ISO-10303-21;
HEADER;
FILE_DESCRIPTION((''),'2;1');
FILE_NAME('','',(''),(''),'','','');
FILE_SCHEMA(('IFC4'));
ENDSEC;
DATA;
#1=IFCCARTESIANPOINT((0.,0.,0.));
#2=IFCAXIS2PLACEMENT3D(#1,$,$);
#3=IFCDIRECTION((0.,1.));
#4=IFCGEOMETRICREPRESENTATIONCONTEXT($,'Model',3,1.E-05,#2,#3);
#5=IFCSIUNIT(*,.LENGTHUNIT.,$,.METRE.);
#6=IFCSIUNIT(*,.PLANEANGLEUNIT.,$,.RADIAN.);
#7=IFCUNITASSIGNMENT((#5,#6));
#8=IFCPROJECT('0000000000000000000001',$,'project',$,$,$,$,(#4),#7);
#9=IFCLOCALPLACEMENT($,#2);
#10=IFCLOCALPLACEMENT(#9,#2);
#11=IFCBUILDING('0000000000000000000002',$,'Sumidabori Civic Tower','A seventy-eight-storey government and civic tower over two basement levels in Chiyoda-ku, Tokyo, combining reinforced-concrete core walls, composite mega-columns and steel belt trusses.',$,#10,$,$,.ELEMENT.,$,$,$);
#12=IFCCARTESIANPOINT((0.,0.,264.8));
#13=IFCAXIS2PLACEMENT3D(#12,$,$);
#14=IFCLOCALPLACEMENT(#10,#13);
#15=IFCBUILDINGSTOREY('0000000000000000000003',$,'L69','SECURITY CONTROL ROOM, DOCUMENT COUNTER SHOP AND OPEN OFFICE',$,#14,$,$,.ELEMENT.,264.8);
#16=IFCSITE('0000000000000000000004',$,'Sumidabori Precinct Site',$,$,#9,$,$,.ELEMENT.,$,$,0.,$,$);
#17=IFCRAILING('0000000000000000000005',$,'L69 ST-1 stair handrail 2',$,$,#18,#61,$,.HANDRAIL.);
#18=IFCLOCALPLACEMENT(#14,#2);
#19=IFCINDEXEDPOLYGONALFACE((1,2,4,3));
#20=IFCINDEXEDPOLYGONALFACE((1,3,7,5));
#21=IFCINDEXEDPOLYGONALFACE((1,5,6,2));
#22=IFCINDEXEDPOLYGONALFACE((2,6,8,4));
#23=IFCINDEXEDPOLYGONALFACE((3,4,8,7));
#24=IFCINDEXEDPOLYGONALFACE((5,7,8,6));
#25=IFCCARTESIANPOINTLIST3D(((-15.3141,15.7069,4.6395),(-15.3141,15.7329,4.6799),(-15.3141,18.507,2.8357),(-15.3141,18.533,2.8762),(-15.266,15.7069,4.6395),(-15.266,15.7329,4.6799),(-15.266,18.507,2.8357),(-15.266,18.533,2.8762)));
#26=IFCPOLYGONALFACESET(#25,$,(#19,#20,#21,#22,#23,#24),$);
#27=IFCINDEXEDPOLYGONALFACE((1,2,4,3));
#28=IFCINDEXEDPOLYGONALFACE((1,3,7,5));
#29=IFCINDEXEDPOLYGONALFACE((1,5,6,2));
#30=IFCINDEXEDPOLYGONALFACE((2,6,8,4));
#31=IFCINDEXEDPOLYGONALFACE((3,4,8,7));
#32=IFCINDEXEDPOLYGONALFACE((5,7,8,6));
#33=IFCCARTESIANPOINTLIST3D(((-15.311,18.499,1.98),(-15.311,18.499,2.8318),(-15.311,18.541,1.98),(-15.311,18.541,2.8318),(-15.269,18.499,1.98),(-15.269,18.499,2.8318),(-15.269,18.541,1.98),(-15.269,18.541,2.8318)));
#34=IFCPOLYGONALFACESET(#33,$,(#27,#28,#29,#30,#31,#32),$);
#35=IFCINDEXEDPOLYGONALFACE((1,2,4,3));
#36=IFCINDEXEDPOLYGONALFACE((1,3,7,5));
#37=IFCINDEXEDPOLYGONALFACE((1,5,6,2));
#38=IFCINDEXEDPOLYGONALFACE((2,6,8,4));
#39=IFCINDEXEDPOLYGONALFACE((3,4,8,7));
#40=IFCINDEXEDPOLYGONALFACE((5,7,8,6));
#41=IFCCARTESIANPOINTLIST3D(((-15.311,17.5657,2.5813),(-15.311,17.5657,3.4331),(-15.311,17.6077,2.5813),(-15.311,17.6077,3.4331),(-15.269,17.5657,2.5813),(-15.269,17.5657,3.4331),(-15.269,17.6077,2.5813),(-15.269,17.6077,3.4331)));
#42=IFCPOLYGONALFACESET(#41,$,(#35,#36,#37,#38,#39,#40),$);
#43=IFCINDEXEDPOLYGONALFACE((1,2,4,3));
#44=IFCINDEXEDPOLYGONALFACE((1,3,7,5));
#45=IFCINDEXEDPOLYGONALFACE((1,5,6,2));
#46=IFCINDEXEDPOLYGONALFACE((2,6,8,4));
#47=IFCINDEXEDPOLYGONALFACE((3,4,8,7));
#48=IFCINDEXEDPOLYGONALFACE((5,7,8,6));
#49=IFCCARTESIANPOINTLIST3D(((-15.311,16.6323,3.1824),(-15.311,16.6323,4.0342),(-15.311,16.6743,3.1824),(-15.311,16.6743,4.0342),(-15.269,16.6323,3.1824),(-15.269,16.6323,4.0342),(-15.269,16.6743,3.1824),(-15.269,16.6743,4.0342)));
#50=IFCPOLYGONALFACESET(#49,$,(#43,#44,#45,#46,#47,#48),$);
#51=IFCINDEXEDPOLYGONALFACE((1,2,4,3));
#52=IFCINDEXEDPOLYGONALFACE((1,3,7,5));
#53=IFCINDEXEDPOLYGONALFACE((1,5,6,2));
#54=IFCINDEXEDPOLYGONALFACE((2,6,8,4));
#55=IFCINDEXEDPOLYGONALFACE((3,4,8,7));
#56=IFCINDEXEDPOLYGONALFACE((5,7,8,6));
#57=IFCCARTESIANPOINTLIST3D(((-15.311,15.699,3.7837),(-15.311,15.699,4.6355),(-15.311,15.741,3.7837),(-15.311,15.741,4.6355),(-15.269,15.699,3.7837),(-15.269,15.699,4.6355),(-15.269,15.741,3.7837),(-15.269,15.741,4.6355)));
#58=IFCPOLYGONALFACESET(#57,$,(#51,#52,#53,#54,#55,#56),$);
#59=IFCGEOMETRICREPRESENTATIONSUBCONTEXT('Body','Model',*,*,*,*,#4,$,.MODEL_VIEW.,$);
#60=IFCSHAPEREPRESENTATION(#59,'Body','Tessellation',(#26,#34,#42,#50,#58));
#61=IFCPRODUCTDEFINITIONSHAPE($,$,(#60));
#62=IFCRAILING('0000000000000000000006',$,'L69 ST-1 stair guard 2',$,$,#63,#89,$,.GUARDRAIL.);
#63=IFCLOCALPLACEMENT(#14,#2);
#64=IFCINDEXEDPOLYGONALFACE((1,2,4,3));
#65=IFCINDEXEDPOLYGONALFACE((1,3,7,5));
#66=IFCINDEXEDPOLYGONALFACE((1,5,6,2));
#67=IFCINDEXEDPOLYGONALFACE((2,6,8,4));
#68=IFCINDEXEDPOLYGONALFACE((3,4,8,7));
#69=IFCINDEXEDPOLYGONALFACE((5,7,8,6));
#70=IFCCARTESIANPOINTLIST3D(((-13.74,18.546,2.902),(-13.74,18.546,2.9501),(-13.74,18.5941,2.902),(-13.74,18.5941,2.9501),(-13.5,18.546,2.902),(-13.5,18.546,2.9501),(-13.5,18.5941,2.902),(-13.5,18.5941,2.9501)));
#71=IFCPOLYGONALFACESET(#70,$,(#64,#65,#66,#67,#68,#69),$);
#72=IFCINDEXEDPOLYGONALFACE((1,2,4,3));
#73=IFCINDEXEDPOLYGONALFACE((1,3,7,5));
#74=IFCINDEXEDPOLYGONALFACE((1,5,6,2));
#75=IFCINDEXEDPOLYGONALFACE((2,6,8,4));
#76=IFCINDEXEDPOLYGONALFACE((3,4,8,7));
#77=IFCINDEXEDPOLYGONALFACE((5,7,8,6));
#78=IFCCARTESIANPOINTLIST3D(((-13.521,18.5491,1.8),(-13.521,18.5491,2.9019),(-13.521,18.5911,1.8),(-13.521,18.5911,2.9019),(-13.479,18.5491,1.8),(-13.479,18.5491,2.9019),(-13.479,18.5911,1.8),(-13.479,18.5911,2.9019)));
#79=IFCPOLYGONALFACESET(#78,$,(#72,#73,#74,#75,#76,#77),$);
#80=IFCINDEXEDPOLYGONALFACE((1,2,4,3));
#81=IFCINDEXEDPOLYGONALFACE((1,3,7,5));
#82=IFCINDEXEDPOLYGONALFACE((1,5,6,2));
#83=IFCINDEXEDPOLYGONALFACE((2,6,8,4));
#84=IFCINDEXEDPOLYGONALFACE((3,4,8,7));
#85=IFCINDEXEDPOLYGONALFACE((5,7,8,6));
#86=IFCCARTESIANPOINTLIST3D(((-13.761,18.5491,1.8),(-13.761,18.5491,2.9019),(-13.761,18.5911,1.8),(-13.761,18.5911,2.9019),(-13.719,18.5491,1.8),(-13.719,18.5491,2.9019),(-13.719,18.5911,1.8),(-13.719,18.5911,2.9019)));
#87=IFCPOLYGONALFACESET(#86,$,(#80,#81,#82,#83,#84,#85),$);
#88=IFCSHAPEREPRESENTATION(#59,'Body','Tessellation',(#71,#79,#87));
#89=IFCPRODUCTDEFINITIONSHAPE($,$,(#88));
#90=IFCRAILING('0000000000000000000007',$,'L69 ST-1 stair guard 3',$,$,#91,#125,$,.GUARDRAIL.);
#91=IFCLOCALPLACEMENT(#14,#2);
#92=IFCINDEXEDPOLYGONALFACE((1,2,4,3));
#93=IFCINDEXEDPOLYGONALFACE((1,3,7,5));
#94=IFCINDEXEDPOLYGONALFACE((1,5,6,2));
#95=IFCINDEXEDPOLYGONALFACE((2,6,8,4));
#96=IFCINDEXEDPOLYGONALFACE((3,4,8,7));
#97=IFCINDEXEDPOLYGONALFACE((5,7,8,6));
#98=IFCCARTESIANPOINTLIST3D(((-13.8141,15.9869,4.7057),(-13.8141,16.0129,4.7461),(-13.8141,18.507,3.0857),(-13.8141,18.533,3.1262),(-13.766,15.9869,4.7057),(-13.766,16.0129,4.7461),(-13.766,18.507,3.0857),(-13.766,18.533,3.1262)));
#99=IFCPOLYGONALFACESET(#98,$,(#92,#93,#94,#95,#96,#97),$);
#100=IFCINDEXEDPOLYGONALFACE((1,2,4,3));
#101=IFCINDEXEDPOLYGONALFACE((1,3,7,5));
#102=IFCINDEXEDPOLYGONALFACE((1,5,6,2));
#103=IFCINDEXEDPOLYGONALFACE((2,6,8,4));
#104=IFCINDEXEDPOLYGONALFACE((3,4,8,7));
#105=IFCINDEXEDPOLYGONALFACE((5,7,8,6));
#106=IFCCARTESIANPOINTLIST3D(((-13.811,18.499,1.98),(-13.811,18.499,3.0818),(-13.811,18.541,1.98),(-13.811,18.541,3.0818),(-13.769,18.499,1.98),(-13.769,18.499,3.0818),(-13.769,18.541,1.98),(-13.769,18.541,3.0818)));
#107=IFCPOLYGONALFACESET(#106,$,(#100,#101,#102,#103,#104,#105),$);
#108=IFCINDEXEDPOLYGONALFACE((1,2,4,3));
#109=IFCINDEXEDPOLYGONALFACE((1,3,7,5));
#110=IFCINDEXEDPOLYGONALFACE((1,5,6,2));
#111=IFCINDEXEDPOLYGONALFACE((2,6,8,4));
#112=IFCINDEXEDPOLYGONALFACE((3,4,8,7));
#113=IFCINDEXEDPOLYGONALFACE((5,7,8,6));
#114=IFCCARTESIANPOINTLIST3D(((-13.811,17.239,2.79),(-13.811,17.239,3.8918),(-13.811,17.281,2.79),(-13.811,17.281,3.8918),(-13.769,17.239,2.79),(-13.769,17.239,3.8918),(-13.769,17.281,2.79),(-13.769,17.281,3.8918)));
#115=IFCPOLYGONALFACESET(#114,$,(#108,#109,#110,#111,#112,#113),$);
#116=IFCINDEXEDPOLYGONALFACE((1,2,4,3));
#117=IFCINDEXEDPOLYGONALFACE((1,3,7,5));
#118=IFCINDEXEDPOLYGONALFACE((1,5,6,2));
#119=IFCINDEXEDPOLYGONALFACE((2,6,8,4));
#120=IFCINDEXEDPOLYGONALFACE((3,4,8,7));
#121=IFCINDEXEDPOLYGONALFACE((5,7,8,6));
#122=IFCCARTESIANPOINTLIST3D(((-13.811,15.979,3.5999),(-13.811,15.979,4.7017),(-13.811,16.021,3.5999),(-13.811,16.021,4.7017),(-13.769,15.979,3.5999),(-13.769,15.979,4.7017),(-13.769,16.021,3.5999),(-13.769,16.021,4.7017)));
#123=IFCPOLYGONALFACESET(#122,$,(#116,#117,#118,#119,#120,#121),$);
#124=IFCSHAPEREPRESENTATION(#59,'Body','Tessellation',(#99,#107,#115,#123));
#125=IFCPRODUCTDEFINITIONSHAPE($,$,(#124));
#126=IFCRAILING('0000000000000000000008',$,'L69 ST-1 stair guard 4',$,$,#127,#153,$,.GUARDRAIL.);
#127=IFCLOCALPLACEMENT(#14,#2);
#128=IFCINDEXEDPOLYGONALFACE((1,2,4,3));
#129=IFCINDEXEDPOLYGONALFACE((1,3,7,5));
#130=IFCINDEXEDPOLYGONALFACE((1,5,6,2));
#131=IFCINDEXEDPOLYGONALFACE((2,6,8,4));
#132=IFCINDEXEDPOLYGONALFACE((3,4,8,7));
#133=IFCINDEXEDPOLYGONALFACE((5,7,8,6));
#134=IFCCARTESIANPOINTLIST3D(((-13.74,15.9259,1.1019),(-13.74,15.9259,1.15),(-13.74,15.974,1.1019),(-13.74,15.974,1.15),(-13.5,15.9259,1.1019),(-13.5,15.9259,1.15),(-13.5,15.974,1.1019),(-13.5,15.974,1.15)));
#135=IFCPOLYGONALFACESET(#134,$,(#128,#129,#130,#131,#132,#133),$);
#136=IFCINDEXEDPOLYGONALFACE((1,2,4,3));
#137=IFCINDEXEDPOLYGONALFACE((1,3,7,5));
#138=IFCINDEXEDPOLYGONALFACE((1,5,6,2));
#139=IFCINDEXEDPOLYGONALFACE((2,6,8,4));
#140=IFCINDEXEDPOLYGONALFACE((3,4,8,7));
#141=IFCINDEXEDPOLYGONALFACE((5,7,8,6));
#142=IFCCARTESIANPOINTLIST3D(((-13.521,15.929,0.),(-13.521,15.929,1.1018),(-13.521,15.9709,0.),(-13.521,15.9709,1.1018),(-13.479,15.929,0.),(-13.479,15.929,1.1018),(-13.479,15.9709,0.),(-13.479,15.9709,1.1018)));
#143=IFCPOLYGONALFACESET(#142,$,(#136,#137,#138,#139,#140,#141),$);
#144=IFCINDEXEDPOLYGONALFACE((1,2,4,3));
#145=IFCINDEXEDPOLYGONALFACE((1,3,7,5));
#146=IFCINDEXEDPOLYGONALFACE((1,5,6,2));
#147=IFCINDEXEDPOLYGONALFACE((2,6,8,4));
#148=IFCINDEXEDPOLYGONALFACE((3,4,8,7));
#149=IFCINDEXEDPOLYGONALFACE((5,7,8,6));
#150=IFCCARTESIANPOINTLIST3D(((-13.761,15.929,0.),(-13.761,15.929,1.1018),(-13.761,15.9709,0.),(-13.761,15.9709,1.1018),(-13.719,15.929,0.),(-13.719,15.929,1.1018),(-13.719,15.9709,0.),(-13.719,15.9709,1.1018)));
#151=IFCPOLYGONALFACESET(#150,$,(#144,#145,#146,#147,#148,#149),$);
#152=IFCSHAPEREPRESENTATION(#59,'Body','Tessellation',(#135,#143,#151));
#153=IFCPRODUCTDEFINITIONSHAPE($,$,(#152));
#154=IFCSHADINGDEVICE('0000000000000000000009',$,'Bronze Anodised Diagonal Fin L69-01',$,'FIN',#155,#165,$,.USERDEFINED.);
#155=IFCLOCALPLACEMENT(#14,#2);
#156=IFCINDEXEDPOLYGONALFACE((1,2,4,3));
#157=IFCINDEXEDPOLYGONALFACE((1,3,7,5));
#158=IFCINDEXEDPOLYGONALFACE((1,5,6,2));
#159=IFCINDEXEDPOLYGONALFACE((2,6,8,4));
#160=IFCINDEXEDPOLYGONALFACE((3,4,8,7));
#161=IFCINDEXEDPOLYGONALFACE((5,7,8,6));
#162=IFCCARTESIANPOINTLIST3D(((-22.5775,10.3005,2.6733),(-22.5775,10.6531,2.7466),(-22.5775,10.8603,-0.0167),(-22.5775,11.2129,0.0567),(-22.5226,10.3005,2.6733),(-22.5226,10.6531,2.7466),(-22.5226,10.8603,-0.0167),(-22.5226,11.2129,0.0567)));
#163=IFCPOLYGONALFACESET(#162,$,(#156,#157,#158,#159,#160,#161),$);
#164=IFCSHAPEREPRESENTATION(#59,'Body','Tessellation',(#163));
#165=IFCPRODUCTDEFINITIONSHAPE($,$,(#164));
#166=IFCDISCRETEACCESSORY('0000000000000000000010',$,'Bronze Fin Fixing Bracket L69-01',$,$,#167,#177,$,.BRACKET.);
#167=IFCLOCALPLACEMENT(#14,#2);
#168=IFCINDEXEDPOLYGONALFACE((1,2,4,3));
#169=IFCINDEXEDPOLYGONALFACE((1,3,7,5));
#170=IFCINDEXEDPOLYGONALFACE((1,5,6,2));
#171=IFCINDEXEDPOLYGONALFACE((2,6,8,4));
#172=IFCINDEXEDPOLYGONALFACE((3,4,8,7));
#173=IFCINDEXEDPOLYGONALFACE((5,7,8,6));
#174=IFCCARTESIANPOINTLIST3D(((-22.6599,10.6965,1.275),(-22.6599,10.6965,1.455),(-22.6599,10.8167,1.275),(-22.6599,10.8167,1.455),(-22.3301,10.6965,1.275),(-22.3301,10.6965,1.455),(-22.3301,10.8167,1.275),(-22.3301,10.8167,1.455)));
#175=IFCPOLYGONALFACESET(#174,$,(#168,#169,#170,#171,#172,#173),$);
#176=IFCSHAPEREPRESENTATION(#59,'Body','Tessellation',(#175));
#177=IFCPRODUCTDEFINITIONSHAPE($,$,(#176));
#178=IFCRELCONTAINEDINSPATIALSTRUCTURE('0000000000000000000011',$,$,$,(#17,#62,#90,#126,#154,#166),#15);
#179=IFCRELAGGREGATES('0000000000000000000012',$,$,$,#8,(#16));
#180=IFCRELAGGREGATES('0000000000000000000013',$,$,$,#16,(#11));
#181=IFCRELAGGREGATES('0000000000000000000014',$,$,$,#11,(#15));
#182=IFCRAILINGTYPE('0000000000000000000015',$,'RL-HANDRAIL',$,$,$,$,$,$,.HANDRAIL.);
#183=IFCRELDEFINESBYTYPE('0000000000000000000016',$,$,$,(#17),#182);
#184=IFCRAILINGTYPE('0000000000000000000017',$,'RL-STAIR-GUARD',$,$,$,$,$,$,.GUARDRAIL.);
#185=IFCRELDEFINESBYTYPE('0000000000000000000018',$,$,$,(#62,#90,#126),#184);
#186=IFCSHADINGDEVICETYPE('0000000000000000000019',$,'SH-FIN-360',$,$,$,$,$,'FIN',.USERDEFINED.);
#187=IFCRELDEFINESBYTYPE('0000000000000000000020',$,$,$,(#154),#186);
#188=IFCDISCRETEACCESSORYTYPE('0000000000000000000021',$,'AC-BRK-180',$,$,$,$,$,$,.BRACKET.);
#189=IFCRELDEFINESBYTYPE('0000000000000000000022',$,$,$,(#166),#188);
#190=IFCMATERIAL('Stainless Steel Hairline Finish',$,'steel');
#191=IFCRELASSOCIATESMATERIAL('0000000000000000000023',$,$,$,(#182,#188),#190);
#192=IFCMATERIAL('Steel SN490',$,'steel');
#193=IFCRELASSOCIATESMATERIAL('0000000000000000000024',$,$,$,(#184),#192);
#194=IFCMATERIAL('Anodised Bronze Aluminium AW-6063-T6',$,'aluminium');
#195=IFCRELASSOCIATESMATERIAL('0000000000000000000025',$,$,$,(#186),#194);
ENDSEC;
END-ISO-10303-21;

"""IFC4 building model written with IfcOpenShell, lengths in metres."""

from ifc_helpers import new_model, si_unit, direction, frame, origin, origin_2d, place, context, subcontext, project, spatial, rectangle, extrude, source, transform, mapped, material, material_profile, profile_set, type_object, element, save


model = new_model("IFC4")

# Units and contexts
model_context = context("Model", 3, precision=1e-05, world=origin(), true_north=direction((0.0, 1.0)))
body_context = subcontext(model_context, "Body", "Model", "MODEL_VIEW")
ifc_project = project(units=[si_unit("LENGTHUNIT", "METRE"), si_unit("PLANEANGLEUNIT", "RADIAN")], contexts=[model_context])

# Site, building, storey
site_placement = place(None, origin())
site = spatial("IfcSite", under=ifc_project, at=site_placement, Name="Sumidabori Precinct Site", CompositionType="ELEMENT", RefElevation=0.0)
building_placement = place(site_placement, origin())
building = spatial("IfcBuilding", under=site, at=building_placement, Name="Sumidabori Civic Tower", Description="A seventy-eight-storey government and civic tower over two basement levels in Chiyoda-ku, Tokyo, combining reinforced-concrete core walls, composite mega-columns and steel belt trusses.", CompositionType="ELEMENT")
storey_placement = place(building_placement, frame((0.0, 0.0, 264.8)))
storey = spatial("IfcBuildingStorey", under=building, at=storey_placement, Name="L69", Description="SECURITY CONTROL ROOM, DOCUMENT COUNTER SHOP AND OPEN OFFICE", CompositionType="ELEMENT", Elevation=264.8)

# Shared definitions
ifc_material_1 = material(Name="Steel SN490", Category="steel")

# Shared definitions
ifc_material_2 = material(Name="Anodised Bronze Aluminium AW-6063-T6", Category="aluminium")

# Railings
ifc_material_3 = material(Name="Stainless Steel Hairline Finish", Category="steel")
railing_type_1 = type_object("IfcRailingType", Name="RL-HANDRAIL", PredefinedType="HANDRAIL", material=ifc_material_3)
railing_1_placement = place(storey_placement, frame((-15.29, 18.52, 1.98)))
element("IfcRailing", 1, at=railing_1_placement, inside=storey, type_object=railing_type_1, Name="L69 ST-1 stair handrail 2", PredefinedType="HANDRAIL", context=body_context, shape_type="SweptSolid", body=[
    extrude(rectangle(XDim=0.0481, YDim=0.0481, at=origin_2d()), frame((0.0, 0.0, 0.876), z_axis=(0.0, -0.840676, 0.541539), x_axis=(1.0, 0.0, 0.0)), (0.0, 0.0, 1.0), 3.3308),
    extrude(rectangle(XDim=0.042, YDim=0.042, at=origin_2d()), origin(), (0.0, 0.0, 1.0), 0.8518),
    extrude(rectangle(XDim=0.042, YDim=0.042, at=origin_2d()), frame((0.0, -0.9333, 0.6013)), (0.0, 0.0, 1.0), 0.8518),
    extrude(rectangle(XDim=0.042, YDim=0.042, at=origin_2d()), frame((0.0, -1.8667, 1.2024)), (0.0, 0.0, 1.0), 0.8518),
    extrude(rectangle(XDim=0.042, YDim=0.042, at=origin_2d()), frame((0.0, -2.8, 1.8037)), (0.0, 0.0, 1.0), 0.8518),
])
railing_type_2 = type_object("IfcRailingType", Name="RL-STAIR-GUARD", PredefinedType="GUARDRAIL", material=ifc_material_1)
railing_2_placement = place(storey_placement, frame((-13.5, 18.5701, 1.8)))
element("IfcRailing", 2, at=railing_2_placement, inside=storey, type_object=railing_type_2, Name="L69 ST-1 stair guard 2", PredefinedType="GUARDRAIL", context=body_context, shape_type="SweptSolid", body=[
    extrude(rectangle(XDim=0.0481, YDim=0.0481, at=origin_2d()), frame((0.0, 0.0, 1.126), z_axis=(-1.0, 0.0, 0.0), x_axis=(0.0, -1.0, 0.0)), (0.0, 0.0, 1.0), 0.24),
    extrude(rectangle(XDim=0.042, YDim=0.042, at=origin_2d()), origin(), (0.0, 0.0, 1.0), 1.1018),
    extrude(rectangle(XDim=0.042, YDim=0.042, at=origin_2d()), frame((-0.24, 0.0, 0.0)), (0.0, 0.0, 1.0), 1.1018),
])
railing_3_placement = place(storey_placement, frame((-13.79, 18.52, 1.98)))
element("IfcRailing", 3, at=railing_3_placement, inside=storey, type_object=railing_type_2, Name="L69 ST-1 stair guard 3", PredefinedType="GUARDRAIL", context=body_context, shape_type="SweptSolid", body=[
    extrude(rectangle(XDim=0.0481, YDim=0.0481, at=origin_2d()), frame((0.0, 0.0, 1.126), z_axis=(0.0, -0.8412, 0.540725), x_axis=(1.0, 0.0, 0.0)), (0.0, 0.0, 1.0), 2.9958),
    extrude(rectangle(XDim=0.042, YDim=0.042, at=origin_2d()), origin(), (0.0, 0.0, 1.0), 1.1018),
    extrude(rectangle(XDim=0.042, YDim=0.042, at=origin_2d()), frame((0.0, -1.26, 0.8101)), (0.0, 0.0, 1.0), 1.1018),
    extrude(rectangle(XDim=0.042, YDim=0.042, at=origin_2d()), frame((0.0, -2.52, 1.6199)), (0.0, 0.0, 1.0), 1.1018),
])
railing_4_placement = place(storey_placement, frame((-13.5, 15.95, 0.0)))
element("IfcRailing", 4, at=railing_4_placement, inside=storey, type_object=railing_type_2, Name="L69 ST-1 stair guard 4", PredefinedType="GUARDRAIL", context=body_context, shape_type="SweptSolid", body=[
    extrude(rectangle(XDim=0.0481, YDim=0.0481, at=origin_2d()), frame((0.0, 0.0, 1.126), z_axis=(-1.0, 0.0, 0.0), x_axis=(0.0, -1.0, 0.0)), (0.0, 0.0, 1.0), 0.24),
    extrude(rectangle(XDim=0.042, YDim=0.042, at=origin_2d()), origin(), (0.0, 0.0, 1.0), 1.1018),
    extrude(rectangle(XDim=0.042, YDim=0.042, at=origin_2d()), frame((-0.24, 0.0, 0.0)), (0.0, 0.0, 1.0), 1.1018),
])

# Shading device
ifc_material_profile_1 = material_profile(ifc_material_2, rectangle(XDim=0.0549, YDim=0.3601, at=origin_2d()), Name="BRONZE FIN 360x55")
ifc_profile_set_1 = profile_set([ifc_material_profile_1], Name="Anodised Bronze Aluminium AW-6063-T6")
shading_device_type = type_object("IfcShadingDeviceType", Name="SH-FIN-360", ElementType="FIN", PredefinedType="USERDEFINED", material=ifc_profile_set_1)
shared_shape_1 = source(origin(), body_context, "Body", "SweptSolid", [
    extrude(rectangle(XDim=0.0549, YDim=0.3601, at=origin_2d()), origin(), (0.0, 0.0, 1.0), 2.7476),
])
shading_device_placement = place(storey_placement, frame((-22.55, 11.0366, 0.02), z_axis=(0.0, -0.203748, 0.979023), x_axis=(-1.0, 0.0, 0.0)))
element("IfcShadingDevice", 5, at=shading_device_placement, inside=storey, type_object=shading_device_type, Name="Bronze Anodised Diagonal Fin L69-01", ObjectType="FIN", PredefinedType="USERDEFINED", context=body_context, shape_type="MappedRepresentation", body=[
    mapped(shared_shape_1, transform((0.0, 0.0, 0.0), x_axis=(1.0, 0.0, 0.0), y_axis=(0.0, 1.0, 0.0), z_axis=(0.0, 0.0, 1.0), scale=1.0)),
])

# Discrete accessory
ifc_material_profile_2 = material_profile(ifc_material_3, rectangle(XDim=0.1201, YDim=0.1799, at=origin_2d()), Name="STEEL BRACKET 180x120")
ifc_profile_set_2 = profile_set([ifc_material_profile_2], Name="Stainless Steel Hairline Finish")
discrete_accessory_type = type_object("IfcDiscreteAccessoryType", Name="AC-BRK-180", PredefinedType="BRACKET", material=ifc_profile_set_2)
shared_shape_2 = source(origin(), body_context, "Body", "SweptSolid", [
    extrude(rectangle(XDim=0.1201, YDim=0.1799, at=origin_2d()), origin(), (0.0, 0.0, 1.0), 0.3298),
])
discrete_accessory_placement = place(storey_placement, frame((-22.3301, 10.7566, 1.365), z_axis=(-1.0, 0.0, 0.0), x_axis=(0.0, -1.0, 0.0)))
element("IfcDiscreteAccessory", 6, at=discrete_accessory_placement, inside=storey, type_object=discrete_accessory_type, Name="Bronze Fin Fixing Bracket L69-01", PredefinedType="BRACKET", context=body_context, shape_type="MappedRepresentation", body=[
    mapped(shared_shape_2, transform((0.0, 0.0, 0.0), x_axis=(1.0, 0.0, 0.0), y_axis=(0.0, 1.0, 0.0), z_axis=(0.0, 0.0, 1.0), scale=1.0)),
])

save(model, "model.ifc")
